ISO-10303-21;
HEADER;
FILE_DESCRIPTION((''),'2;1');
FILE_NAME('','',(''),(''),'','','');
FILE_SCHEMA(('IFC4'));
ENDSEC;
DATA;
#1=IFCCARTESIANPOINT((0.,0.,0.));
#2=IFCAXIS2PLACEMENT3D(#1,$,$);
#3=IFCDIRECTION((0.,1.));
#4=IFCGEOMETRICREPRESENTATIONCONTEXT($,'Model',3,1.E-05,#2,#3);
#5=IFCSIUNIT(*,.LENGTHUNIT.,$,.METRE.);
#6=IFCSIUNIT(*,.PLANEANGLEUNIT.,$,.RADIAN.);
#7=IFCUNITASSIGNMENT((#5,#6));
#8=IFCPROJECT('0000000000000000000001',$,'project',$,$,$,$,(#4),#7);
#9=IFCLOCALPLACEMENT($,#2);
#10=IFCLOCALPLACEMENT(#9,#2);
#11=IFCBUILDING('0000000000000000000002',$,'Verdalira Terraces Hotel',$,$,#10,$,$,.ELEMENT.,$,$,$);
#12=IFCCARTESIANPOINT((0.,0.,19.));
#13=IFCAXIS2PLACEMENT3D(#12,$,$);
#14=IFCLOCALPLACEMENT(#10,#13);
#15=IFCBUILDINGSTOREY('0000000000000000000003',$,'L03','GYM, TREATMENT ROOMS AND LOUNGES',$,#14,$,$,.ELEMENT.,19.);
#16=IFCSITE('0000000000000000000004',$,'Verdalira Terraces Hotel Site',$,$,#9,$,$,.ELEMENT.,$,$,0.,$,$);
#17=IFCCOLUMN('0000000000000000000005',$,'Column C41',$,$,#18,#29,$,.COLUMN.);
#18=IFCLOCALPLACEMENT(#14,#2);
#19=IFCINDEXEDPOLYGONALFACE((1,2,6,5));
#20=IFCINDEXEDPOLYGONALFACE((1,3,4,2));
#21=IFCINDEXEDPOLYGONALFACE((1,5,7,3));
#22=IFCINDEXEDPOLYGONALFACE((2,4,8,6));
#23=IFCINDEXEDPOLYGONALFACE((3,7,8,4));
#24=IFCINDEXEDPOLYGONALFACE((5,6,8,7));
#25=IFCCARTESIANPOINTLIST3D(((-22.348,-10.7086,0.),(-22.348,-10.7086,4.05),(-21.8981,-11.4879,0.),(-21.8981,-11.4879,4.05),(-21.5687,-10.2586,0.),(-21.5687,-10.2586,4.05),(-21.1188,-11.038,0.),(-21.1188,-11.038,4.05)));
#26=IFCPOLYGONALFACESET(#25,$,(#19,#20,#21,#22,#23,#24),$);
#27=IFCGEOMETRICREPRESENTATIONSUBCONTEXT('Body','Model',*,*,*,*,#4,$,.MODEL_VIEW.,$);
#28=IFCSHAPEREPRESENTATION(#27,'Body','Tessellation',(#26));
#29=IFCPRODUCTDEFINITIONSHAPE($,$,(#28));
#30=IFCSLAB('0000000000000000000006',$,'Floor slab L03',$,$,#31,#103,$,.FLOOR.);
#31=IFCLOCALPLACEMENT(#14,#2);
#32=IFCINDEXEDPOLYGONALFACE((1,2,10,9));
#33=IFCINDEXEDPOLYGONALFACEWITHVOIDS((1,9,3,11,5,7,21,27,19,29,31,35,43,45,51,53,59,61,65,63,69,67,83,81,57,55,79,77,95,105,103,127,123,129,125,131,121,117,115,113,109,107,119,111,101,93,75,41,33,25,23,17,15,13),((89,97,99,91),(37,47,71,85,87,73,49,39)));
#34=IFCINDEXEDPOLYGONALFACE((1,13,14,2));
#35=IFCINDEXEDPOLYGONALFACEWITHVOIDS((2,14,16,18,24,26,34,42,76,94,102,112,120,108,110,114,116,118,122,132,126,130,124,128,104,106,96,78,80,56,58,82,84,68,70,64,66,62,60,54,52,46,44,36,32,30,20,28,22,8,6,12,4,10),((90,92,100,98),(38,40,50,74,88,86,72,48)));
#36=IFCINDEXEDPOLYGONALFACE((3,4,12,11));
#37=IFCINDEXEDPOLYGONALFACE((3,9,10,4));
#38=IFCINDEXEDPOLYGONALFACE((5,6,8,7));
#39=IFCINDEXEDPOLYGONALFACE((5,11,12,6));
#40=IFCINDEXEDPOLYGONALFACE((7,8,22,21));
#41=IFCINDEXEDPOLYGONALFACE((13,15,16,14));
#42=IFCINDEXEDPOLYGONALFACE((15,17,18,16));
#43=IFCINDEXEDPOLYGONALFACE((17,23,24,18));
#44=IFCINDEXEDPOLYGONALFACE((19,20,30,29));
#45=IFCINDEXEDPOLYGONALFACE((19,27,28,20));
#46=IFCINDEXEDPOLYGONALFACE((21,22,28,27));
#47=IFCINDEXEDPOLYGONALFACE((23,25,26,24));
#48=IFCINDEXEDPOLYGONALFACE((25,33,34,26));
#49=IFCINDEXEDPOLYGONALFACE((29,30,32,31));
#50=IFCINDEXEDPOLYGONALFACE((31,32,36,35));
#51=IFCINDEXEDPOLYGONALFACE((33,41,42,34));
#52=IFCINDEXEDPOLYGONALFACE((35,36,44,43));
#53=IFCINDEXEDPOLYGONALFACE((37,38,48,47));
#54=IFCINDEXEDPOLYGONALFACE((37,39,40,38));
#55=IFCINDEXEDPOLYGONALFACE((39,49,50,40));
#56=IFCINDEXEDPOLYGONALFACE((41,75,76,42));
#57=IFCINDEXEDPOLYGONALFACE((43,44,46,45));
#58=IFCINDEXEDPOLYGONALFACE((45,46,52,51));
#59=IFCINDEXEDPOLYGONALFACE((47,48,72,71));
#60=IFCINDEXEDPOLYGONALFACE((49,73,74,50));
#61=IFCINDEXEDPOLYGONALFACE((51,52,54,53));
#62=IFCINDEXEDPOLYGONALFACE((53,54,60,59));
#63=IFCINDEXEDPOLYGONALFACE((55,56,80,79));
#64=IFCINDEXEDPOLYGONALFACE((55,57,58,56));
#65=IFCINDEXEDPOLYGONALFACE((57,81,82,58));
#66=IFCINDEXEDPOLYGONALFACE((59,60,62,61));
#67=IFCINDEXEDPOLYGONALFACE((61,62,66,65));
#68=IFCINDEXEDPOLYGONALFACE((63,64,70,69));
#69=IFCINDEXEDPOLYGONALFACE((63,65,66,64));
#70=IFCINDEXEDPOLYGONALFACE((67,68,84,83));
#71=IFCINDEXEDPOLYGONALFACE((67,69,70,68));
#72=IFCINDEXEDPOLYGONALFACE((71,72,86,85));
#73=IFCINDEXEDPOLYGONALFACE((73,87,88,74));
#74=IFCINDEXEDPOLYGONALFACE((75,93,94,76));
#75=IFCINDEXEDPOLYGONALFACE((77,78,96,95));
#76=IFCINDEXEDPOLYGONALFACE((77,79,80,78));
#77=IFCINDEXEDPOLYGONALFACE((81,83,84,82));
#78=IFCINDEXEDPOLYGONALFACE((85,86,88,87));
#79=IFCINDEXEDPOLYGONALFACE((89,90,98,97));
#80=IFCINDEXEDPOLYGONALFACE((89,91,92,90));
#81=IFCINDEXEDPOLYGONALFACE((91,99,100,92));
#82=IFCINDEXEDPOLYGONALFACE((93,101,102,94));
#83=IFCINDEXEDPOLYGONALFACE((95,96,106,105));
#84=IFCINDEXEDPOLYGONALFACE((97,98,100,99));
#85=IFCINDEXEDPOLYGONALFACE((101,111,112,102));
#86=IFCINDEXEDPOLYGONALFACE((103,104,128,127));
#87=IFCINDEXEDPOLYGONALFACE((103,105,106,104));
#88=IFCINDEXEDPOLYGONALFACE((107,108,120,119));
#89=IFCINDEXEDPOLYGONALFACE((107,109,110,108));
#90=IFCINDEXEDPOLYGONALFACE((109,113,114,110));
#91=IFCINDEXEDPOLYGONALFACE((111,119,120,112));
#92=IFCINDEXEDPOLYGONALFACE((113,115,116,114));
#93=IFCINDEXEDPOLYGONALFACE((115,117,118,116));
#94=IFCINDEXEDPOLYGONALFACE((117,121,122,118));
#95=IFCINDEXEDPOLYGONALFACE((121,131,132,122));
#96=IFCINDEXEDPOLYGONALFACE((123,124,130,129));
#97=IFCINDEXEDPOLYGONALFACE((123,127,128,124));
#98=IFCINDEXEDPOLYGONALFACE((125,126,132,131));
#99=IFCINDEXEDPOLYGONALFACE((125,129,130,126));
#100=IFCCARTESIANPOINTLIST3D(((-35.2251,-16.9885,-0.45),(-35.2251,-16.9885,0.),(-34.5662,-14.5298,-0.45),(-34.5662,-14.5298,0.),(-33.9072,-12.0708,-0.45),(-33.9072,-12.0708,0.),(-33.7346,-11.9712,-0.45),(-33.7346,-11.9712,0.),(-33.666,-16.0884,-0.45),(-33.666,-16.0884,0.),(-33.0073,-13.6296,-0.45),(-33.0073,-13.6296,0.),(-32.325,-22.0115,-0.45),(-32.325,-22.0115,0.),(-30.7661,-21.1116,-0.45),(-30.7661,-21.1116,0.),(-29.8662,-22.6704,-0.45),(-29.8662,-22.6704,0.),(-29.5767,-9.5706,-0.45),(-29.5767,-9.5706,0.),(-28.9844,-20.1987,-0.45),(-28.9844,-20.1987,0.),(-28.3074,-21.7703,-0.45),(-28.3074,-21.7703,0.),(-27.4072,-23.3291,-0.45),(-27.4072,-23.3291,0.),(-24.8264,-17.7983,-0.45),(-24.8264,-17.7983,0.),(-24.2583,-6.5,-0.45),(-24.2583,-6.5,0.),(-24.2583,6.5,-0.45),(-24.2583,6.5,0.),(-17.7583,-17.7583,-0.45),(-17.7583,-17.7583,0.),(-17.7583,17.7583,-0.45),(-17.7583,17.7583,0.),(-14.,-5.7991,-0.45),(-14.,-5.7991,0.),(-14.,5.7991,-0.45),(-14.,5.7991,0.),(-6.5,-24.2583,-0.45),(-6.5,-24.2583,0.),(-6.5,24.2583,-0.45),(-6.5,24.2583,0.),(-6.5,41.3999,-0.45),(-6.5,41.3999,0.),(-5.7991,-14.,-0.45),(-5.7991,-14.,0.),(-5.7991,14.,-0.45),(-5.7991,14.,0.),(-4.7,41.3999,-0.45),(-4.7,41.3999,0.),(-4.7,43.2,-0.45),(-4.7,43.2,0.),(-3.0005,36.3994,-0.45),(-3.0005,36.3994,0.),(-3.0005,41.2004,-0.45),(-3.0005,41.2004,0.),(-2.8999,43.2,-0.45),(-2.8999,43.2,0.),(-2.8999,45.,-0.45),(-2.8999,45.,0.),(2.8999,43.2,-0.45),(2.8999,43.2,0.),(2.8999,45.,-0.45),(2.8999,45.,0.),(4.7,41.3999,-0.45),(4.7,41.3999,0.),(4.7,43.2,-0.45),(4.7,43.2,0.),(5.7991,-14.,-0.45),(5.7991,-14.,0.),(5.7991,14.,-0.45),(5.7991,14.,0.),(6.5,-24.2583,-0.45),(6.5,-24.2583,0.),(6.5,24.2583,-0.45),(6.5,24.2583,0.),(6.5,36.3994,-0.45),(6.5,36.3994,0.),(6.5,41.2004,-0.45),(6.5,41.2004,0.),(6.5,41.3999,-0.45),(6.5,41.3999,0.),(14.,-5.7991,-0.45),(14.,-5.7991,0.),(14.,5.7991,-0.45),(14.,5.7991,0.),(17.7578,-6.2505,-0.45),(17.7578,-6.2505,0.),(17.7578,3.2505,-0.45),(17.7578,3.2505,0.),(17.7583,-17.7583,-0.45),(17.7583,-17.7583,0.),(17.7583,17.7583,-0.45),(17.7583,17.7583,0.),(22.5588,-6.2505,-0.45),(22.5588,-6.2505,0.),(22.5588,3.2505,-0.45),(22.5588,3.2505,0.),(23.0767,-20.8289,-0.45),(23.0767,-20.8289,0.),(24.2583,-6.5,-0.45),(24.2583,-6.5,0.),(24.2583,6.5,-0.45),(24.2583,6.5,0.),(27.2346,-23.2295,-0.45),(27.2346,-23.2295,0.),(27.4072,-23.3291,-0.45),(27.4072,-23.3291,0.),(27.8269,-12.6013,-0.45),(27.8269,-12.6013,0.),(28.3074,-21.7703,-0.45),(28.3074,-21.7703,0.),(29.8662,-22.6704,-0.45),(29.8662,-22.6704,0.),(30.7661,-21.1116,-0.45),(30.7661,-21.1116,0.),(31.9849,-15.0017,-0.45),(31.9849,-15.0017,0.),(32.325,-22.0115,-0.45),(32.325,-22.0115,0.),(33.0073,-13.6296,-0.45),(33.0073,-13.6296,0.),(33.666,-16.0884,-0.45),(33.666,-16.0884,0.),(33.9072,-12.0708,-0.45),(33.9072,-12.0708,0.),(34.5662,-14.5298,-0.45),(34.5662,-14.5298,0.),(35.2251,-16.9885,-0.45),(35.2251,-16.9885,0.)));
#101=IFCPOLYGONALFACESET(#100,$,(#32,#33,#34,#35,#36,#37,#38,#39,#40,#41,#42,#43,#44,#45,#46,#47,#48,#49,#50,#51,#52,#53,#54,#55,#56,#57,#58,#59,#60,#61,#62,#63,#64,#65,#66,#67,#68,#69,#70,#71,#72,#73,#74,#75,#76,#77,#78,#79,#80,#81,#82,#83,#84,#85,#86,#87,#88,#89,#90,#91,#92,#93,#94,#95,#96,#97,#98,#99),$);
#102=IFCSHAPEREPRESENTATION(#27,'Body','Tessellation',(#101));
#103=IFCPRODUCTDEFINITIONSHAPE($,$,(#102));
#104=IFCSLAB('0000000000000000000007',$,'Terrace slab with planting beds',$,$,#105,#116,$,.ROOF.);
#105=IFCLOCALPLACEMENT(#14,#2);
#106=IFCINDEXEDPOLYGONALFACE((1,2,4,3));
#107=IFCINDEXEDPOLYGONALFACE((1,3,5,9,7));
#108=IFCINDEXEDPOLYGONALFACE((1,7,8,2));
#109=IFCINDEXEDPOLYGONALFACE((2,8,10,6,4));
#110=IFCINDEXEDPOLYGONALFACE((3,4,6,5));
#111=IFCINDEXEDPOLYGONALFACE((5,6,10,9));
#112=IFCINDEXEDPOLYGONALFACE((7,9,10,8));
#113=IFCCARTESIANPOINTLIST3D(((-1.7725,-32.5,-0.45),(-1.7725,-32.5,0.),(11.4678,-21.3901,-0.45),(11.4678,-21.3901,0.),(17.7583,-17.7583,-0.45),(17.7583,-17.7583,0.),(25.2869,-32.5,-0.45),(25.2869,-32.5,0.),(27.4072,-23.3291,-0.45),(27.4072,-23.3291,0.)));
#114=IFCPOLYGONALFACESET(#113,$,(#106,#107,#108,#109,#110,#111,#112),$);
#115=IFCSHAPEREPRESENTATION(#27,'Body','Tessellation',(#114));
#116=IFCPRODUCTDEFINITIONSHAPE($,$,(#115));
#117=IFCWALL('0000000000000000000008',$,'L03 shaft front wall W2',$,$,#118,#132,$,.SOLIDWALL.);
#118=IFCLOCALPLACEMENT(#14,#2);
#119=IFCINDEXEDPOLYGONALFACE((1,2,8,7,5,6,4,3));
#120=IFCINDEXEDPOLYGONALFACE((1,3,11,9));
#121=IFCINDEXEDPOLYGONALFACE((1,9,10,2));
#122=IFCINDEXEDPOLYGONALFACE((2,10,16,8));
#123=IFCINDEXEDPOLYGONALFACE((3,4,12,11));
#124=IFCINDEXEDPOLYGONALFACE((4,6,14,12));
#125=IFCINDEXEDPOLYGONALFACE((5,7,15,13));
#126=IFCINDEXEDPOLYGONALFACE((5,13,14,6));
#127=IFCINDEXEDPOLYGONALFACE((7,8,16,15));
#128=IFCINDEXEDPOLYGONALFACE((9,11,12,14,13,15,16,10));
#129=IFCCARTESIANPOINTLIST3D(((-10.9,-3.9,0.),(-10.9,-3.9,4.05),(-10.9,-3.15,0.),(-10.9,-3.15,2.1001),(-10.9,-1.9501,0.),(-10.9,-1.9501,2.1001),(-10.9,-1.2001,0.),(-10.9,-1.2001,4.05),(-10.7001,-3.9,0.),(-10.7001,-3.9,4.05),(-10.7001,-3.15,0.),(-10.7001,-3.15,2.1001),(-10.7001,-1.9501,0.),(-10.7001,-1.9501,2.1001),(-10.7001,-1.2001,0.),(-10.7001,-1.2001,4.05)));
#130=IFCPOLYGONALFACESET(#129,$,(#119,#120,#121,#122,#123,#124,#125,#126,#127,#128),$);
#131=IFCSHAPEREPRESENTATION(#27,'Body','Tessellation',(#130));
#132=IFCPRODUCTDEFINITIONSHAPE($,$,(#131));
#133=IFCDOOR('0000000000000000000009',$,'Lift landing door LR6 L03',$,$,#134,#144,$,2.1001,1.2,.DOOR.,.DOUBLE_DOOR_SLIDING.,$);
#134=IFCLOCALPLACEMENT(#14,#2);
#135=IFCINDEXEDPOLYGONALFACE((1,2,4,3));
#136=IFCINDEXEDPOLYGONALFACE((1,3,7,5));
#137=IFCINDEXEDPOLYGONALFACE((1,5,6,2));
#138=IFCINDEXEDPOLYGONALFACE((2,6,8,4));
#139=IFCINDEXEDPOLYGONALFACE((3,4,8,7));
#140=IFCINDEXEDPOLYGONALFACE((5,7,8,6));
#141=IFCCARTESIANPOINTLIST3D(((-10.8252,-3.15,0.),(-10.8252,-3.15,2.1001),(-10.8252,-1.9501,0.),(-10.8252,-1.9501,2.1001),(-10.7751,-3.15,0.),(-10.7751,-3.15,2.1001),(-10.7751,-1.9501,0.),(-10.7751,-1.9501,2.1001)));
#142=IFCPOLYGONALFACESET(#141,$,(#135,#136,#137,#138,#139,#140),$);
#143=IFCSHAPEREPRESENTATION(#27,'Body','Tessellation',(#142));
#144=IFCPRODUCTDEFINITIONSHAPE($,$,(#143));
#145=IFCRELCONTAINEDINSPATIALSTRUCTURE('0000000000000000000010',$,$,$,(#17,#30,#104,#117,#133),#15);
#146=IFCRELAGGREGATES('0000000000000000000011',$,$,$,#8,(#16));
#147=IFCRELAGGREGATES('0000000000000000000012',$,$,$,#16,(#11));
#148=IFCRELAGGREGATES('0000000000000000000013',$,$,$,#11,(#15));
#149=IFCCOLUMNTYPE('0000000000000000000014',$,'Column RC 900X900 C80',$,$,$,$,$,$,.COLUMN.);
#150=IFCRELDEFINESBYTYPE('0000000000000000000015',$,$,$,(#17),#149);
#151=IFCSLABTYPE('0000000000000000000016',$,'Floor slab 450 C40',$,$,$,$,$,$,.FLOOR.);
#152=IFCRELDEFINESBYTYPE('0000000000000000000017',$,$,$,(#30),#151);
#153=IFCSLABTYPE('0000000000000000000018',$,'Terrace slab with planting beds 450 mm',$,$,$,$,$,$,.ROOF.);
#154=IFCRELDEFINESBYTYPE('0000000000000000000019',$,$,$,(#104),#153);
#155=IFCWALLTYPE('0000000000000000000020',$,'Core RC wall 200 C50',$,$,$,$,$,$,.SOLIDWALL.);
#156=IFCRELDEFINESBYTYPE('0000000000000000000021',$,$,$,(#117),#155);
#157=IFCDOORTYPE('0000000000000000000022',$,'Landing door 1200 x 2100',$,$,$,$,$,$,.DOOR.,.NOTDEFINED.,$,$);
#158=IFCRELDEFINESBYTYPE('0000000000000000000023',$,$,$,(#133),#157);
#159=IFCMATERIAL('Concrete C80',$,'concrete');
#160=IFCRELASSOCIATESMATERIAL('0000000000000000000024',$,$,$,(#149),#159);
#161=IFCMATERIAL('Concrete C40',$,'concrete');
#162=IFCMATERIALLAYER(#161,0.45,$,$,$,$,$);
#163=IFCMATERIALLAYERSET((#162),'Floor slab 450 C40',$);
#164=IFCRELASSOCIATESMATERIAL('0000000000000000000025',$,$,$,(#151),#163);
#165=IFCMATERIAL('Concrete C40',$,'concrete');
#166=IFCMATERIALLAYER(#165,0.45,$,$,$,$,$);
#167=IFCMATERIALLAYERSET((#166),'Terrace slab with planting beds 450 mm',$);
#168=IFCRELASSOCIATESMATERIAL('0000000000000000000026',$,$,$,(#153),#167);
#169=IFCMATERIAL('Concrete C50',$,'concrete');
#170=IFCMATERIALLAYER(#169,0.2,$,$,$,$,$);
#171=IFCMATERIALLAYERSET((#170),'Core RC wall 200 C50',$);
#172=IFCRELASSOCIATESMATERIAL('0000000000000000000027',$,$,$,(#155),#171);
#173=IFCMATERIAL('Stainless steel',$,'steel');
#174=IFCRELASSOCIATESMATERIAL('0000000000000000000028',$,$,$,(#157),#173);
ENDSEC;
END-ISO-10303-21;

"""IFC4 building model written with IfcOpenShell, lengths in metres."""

from ifc_helpers import new_model, si_unit, direction, frame, frame_2d, origin, origin_2d, place, context, subcontext, project, spatial, polyline, rectangle, outline, extrude, material, layer, layer_set, material_profile, profile_set, type_object, element, fill, save


model = new_model("IFC4")

# Units and contexts
model_context = context("Model", 3, precision=1e-05, world=origin(), true_north=direction((0.0, 1.0)))
body_context = subcontext(model_context, "Body", "Model", "MODEL_VIEW")
ifc_project = project(units=[si_unit("LENGTHUNIT", "METRE"), si_unit("PLANEANGLEUNIT", "RADIAN")], contexts=[model_context])

# Site, building, storey
site_placement = place(None, origin())
site = spatial("IfcSite", under=ifc_project, at=site_placement, Name="Verdalira Terraces Hotel Site", CompositionType="ELEMENT", RefElevation=0.0)
building_placement = place(site_placement, origin())
building = spatial("IfcBuilding", under=site, at=building_placement, Name="Verdalira Terraces Hotel", CompositionType="ELEMENT")
storey_placement = place(building_placement, frame((0.0, 0.0, 19.0)))
storey = spatial("IfcBuildingStorey", under=building, at=storey_placement, Name="L03", Description="GYM, TREATMENT ROOMS AND LOUNGES", CompositionType="ELEMENT", Elevation=19.0)

# Column
ifc_material_1 = material(Name="Concrete C80", Category="concrete")
ifc_material_profile = material_profile(ifc_material_1, rectangle(XDim=0.8999, YDim=0.8999, at=origin_2d()), Name="RC 900X900")
ifc_profile_set = profile_set([ifc_material_profile], Name="Concrete C80")
column_type = type_object("IfcColumnType", Name="Column RC 900X900 C80", PredefinedType="COLUMN", material=ifc_profile_set)
column_placement = place(storey_placement, frame((-21.7334, -10.8733, 0.0), z_axis=(0.0, 0.0, 1.0), x_axis=(-0.866025, -0.5, 0.0)))
element("IfcColumn", 1, at=column_placement, inside=storey, type_object=column_type, Name="Column C41", PredefinedType="COLUMN", context=body_context, shape_type="SweptSolid", body=[
    extrude(rectangle(XDim=0.8999, YDim=0.8999, at=origin_2d()), origin(), (0.0, 0.0, 1.0), 4.05),
])

# Slabs
ifc_material_2 = material(Name="Concrete C40", Category="concrete")
ifc_layer_1 = layer(ifc_material_2, 0.45)
ifc_layer_set_1 = layer_set([ifc_layer_1], Name="Floor slab 450 C40")
slab_type_1 = type_object("IfcSlabType", Name="Floor slab 450 C40", PredefinedType="FLOOR", material=ifc_layer_set_1)
slab_1_placement = place(storey_placement, frame((0.0, 0.0, -0.45)))
element("IfcSlab", 2, at=slab_1_placement, inside=storey, type_object=slab_type_1, Name="Floor slab L03", PredefinedType="FLOOR", context=body_context, shape_type="SweptSolid", body=[
    extrude(outline(polyline([(33.0073, -13.6296), (33.9072, -12.0708), (24.2583, -6.5), (24.2583, 6.5), (17.7583, 17.7583), (6.5, 24.2583), (6.5, 36.3994), (-3.0005, 36.3994), (-3.0005, 41.2004), (6.5, 41.2004), (6.5, 41.3999), (4.7, 41.3999), (4.7, 43.2), (2.8999, 43.2), (2.8999, 45.0), (-2.8999, 45.0), (-2.8999, 43.2), (-4.7, 43.2), (-4.7, 41.3999), (-6.5, 41.3999), (-6.5, 24.2583), (-17.7583, 17.7583), (-24.2583, 6.5), (-24.2583, -6.5), (-29.5767, -9.5706), (-24.8264, -17.7983), (-28.9844, -20.1987), (-33.7346, -11.9712), (-33.9072, -12.0708), (-33.0073, -13.6296), (-34.5662, -14.5298), (-33.666, -16.0884), (-35.2251, -16.9885), (-32.325, -22.0115), (-30.7661, -21.1116), (-29.8662, -22.6704), (-28.3074, -21.7703), (-27.4072, -23.3291), (-17.7583, -17.7583), (-6.5, -24.2583), (6.5, -24.2583), (17.7583, -17.7583), (23.0767, -20.8289), (27.8269, -12.6013), (31.9849, -15.0017), (27.2346, -23.2295), (27.4072, -23.3291), (28.3074, -21.7703), (29.8662, -22.6704), (30.7661, -21.1116), (32.325, -22.0115), (35.2251, -16.9885), (33.666, -16.0884), (34.5662, -14.5298), (33.0073, -13.6296)]), holes=[polyline([(-5.7991, -14.0), (-14.0, -5.7991), (-14.0, 5.7991), (-5.7991, 14.0), (5.7991, 14.0), (14.0, 5.7991), (14.0, -5.7991), (5.7991, -14.0), (-5.7991, -14.0)]), polyline([(22.5588, -6.2505), (17.7578, -6.2505), (17.7578, 3.2505), (22.5588, 3.2505), (22.5588, -6.2505)])]), origin(), (0.0, 0.0, 1.0), 0.45),
])
ifc_material_3 = material(Name="Concrete C40", Category="concrete")
ifc_layer_2 = layer(ifc_material_3, 0.45)
ifc_layer_set_2 = layer_set([ifc_layer_2], Name="Terrace slab with planting beds 450 mm")
slab_type_2 = type_object("IfcSlabType", Name="Terrace slab with planting beds 450 mm", PredefinedType="ROOF", material=ifc_layer_set_2)
slab_2_placement = place(storey_placement, frame((0.0, 0.0, -0.45)))
element("IfcSlab", 3, at=slab_2_placement, inside=storey, type_object=slab_type_2, Name="Terrace slab with planting beds", PredefinedType="ROOF", context=body_context, shape_type="SweptSolid", body=[
    extrude(outline(polyline([(25.2869, -32.5), (-1.7725, -32.5), (11.4678, -21.3901), (17.7583, -17.7583), (27.4072, -23.3291), (25.2869, -32.5)])), origin(), (0.0, 0.0, 1.0), 0.45),
])

# Wall, opening, door
ifc_material_4 = material(Name="Concrete C50", Category="concrete")
ifc_layer_3 = layer(ifc_material_4, 0.2)
ifc_layer_set_3 = layer_set([ifc_layer_3], Name="Core RC wall 200 C50")
wall_type_1 = type_object("IfcWallType", Name="Core RC wall 200 C50", PredefinedType="SOLIDWALL", material=ifc_layer_set_3)
wall_1_placement = place(storey_placement, frame((-10.8, -1.2, 0.0), z_axis=(0.0, 0.0, 1.0), x_axis=(0.0, -1.0, 0.0)))
wall_1 = element("IfcWall", 4, at=wall_1_placement, inside=storey, type_object=wall_type_1, Name="L03 shaft front wall W2", PredefinedType="SOLIDWALL", context=body_context, shape_type="SweptSolid", body=[
    extrude(rectangle(XDim=2.7, YDim=0.2, at=frame_2d((1.3501, 0.0))), origin(), (0.0, 0.0, 1.0), 4.05),
])
opening_1_placement = place(wall_1_placement, frame((0.75, 0.0, 0.0)))
opening_1 = element("IfcOpeningElement", 5, at=opening_1_placement, cuts=wall_1, PredefinedType="OPENING", context=body_context, shape_type="SweptSolid", body=[
    extrude(rectangle(XDim=1.2, YDim=2.1001, at=frame_2d((0.6001, 1.05))), frame((0.0, 0.1099, 0.0), z_axis=(0.0, -1.0, 0.0), x_axis=(1.0, 0.0, 0.0)), (0.0, 0.0, 1.0), 0.22),
])
ifc_material_5 = material(Name="Stainless steel", Category="steel")
door_type_1 = type_object("IfcDoorType", Name="Landing door 1200 x 2100", OperationType="NOTDEFINED", PredefinedType="DOOR", material=ifc_material_5)
door_1_placement = place(opening_1_placement, origin())
door_1 = element("IfcDoor", 6, at=door_1_placement, inside=storey, type_object=door_type_1, Name="Lift landing door LR6 L03", OperationType="DOUBLE_DOOR_SLIDING", OverallHeight=2.1001, OverallWidth=1.2, PredefinedType="DOOR", context=body_context, shape_type="SweptSolid", body=[
    extrude(rectangle(XDim=1.2, YDim=2.1001, at=frame_2d((0.6001, 1.05))), frame((0.0, 0.0249, 0.0), z_axis=(0.0, -1.0, 0.0), x_axis=(1.0, 0.0, 0.0)), (0.0, 0.0, 1.0), 0.05),
])
fill(opening_1, door_1)

save(model, "model.ifc")
